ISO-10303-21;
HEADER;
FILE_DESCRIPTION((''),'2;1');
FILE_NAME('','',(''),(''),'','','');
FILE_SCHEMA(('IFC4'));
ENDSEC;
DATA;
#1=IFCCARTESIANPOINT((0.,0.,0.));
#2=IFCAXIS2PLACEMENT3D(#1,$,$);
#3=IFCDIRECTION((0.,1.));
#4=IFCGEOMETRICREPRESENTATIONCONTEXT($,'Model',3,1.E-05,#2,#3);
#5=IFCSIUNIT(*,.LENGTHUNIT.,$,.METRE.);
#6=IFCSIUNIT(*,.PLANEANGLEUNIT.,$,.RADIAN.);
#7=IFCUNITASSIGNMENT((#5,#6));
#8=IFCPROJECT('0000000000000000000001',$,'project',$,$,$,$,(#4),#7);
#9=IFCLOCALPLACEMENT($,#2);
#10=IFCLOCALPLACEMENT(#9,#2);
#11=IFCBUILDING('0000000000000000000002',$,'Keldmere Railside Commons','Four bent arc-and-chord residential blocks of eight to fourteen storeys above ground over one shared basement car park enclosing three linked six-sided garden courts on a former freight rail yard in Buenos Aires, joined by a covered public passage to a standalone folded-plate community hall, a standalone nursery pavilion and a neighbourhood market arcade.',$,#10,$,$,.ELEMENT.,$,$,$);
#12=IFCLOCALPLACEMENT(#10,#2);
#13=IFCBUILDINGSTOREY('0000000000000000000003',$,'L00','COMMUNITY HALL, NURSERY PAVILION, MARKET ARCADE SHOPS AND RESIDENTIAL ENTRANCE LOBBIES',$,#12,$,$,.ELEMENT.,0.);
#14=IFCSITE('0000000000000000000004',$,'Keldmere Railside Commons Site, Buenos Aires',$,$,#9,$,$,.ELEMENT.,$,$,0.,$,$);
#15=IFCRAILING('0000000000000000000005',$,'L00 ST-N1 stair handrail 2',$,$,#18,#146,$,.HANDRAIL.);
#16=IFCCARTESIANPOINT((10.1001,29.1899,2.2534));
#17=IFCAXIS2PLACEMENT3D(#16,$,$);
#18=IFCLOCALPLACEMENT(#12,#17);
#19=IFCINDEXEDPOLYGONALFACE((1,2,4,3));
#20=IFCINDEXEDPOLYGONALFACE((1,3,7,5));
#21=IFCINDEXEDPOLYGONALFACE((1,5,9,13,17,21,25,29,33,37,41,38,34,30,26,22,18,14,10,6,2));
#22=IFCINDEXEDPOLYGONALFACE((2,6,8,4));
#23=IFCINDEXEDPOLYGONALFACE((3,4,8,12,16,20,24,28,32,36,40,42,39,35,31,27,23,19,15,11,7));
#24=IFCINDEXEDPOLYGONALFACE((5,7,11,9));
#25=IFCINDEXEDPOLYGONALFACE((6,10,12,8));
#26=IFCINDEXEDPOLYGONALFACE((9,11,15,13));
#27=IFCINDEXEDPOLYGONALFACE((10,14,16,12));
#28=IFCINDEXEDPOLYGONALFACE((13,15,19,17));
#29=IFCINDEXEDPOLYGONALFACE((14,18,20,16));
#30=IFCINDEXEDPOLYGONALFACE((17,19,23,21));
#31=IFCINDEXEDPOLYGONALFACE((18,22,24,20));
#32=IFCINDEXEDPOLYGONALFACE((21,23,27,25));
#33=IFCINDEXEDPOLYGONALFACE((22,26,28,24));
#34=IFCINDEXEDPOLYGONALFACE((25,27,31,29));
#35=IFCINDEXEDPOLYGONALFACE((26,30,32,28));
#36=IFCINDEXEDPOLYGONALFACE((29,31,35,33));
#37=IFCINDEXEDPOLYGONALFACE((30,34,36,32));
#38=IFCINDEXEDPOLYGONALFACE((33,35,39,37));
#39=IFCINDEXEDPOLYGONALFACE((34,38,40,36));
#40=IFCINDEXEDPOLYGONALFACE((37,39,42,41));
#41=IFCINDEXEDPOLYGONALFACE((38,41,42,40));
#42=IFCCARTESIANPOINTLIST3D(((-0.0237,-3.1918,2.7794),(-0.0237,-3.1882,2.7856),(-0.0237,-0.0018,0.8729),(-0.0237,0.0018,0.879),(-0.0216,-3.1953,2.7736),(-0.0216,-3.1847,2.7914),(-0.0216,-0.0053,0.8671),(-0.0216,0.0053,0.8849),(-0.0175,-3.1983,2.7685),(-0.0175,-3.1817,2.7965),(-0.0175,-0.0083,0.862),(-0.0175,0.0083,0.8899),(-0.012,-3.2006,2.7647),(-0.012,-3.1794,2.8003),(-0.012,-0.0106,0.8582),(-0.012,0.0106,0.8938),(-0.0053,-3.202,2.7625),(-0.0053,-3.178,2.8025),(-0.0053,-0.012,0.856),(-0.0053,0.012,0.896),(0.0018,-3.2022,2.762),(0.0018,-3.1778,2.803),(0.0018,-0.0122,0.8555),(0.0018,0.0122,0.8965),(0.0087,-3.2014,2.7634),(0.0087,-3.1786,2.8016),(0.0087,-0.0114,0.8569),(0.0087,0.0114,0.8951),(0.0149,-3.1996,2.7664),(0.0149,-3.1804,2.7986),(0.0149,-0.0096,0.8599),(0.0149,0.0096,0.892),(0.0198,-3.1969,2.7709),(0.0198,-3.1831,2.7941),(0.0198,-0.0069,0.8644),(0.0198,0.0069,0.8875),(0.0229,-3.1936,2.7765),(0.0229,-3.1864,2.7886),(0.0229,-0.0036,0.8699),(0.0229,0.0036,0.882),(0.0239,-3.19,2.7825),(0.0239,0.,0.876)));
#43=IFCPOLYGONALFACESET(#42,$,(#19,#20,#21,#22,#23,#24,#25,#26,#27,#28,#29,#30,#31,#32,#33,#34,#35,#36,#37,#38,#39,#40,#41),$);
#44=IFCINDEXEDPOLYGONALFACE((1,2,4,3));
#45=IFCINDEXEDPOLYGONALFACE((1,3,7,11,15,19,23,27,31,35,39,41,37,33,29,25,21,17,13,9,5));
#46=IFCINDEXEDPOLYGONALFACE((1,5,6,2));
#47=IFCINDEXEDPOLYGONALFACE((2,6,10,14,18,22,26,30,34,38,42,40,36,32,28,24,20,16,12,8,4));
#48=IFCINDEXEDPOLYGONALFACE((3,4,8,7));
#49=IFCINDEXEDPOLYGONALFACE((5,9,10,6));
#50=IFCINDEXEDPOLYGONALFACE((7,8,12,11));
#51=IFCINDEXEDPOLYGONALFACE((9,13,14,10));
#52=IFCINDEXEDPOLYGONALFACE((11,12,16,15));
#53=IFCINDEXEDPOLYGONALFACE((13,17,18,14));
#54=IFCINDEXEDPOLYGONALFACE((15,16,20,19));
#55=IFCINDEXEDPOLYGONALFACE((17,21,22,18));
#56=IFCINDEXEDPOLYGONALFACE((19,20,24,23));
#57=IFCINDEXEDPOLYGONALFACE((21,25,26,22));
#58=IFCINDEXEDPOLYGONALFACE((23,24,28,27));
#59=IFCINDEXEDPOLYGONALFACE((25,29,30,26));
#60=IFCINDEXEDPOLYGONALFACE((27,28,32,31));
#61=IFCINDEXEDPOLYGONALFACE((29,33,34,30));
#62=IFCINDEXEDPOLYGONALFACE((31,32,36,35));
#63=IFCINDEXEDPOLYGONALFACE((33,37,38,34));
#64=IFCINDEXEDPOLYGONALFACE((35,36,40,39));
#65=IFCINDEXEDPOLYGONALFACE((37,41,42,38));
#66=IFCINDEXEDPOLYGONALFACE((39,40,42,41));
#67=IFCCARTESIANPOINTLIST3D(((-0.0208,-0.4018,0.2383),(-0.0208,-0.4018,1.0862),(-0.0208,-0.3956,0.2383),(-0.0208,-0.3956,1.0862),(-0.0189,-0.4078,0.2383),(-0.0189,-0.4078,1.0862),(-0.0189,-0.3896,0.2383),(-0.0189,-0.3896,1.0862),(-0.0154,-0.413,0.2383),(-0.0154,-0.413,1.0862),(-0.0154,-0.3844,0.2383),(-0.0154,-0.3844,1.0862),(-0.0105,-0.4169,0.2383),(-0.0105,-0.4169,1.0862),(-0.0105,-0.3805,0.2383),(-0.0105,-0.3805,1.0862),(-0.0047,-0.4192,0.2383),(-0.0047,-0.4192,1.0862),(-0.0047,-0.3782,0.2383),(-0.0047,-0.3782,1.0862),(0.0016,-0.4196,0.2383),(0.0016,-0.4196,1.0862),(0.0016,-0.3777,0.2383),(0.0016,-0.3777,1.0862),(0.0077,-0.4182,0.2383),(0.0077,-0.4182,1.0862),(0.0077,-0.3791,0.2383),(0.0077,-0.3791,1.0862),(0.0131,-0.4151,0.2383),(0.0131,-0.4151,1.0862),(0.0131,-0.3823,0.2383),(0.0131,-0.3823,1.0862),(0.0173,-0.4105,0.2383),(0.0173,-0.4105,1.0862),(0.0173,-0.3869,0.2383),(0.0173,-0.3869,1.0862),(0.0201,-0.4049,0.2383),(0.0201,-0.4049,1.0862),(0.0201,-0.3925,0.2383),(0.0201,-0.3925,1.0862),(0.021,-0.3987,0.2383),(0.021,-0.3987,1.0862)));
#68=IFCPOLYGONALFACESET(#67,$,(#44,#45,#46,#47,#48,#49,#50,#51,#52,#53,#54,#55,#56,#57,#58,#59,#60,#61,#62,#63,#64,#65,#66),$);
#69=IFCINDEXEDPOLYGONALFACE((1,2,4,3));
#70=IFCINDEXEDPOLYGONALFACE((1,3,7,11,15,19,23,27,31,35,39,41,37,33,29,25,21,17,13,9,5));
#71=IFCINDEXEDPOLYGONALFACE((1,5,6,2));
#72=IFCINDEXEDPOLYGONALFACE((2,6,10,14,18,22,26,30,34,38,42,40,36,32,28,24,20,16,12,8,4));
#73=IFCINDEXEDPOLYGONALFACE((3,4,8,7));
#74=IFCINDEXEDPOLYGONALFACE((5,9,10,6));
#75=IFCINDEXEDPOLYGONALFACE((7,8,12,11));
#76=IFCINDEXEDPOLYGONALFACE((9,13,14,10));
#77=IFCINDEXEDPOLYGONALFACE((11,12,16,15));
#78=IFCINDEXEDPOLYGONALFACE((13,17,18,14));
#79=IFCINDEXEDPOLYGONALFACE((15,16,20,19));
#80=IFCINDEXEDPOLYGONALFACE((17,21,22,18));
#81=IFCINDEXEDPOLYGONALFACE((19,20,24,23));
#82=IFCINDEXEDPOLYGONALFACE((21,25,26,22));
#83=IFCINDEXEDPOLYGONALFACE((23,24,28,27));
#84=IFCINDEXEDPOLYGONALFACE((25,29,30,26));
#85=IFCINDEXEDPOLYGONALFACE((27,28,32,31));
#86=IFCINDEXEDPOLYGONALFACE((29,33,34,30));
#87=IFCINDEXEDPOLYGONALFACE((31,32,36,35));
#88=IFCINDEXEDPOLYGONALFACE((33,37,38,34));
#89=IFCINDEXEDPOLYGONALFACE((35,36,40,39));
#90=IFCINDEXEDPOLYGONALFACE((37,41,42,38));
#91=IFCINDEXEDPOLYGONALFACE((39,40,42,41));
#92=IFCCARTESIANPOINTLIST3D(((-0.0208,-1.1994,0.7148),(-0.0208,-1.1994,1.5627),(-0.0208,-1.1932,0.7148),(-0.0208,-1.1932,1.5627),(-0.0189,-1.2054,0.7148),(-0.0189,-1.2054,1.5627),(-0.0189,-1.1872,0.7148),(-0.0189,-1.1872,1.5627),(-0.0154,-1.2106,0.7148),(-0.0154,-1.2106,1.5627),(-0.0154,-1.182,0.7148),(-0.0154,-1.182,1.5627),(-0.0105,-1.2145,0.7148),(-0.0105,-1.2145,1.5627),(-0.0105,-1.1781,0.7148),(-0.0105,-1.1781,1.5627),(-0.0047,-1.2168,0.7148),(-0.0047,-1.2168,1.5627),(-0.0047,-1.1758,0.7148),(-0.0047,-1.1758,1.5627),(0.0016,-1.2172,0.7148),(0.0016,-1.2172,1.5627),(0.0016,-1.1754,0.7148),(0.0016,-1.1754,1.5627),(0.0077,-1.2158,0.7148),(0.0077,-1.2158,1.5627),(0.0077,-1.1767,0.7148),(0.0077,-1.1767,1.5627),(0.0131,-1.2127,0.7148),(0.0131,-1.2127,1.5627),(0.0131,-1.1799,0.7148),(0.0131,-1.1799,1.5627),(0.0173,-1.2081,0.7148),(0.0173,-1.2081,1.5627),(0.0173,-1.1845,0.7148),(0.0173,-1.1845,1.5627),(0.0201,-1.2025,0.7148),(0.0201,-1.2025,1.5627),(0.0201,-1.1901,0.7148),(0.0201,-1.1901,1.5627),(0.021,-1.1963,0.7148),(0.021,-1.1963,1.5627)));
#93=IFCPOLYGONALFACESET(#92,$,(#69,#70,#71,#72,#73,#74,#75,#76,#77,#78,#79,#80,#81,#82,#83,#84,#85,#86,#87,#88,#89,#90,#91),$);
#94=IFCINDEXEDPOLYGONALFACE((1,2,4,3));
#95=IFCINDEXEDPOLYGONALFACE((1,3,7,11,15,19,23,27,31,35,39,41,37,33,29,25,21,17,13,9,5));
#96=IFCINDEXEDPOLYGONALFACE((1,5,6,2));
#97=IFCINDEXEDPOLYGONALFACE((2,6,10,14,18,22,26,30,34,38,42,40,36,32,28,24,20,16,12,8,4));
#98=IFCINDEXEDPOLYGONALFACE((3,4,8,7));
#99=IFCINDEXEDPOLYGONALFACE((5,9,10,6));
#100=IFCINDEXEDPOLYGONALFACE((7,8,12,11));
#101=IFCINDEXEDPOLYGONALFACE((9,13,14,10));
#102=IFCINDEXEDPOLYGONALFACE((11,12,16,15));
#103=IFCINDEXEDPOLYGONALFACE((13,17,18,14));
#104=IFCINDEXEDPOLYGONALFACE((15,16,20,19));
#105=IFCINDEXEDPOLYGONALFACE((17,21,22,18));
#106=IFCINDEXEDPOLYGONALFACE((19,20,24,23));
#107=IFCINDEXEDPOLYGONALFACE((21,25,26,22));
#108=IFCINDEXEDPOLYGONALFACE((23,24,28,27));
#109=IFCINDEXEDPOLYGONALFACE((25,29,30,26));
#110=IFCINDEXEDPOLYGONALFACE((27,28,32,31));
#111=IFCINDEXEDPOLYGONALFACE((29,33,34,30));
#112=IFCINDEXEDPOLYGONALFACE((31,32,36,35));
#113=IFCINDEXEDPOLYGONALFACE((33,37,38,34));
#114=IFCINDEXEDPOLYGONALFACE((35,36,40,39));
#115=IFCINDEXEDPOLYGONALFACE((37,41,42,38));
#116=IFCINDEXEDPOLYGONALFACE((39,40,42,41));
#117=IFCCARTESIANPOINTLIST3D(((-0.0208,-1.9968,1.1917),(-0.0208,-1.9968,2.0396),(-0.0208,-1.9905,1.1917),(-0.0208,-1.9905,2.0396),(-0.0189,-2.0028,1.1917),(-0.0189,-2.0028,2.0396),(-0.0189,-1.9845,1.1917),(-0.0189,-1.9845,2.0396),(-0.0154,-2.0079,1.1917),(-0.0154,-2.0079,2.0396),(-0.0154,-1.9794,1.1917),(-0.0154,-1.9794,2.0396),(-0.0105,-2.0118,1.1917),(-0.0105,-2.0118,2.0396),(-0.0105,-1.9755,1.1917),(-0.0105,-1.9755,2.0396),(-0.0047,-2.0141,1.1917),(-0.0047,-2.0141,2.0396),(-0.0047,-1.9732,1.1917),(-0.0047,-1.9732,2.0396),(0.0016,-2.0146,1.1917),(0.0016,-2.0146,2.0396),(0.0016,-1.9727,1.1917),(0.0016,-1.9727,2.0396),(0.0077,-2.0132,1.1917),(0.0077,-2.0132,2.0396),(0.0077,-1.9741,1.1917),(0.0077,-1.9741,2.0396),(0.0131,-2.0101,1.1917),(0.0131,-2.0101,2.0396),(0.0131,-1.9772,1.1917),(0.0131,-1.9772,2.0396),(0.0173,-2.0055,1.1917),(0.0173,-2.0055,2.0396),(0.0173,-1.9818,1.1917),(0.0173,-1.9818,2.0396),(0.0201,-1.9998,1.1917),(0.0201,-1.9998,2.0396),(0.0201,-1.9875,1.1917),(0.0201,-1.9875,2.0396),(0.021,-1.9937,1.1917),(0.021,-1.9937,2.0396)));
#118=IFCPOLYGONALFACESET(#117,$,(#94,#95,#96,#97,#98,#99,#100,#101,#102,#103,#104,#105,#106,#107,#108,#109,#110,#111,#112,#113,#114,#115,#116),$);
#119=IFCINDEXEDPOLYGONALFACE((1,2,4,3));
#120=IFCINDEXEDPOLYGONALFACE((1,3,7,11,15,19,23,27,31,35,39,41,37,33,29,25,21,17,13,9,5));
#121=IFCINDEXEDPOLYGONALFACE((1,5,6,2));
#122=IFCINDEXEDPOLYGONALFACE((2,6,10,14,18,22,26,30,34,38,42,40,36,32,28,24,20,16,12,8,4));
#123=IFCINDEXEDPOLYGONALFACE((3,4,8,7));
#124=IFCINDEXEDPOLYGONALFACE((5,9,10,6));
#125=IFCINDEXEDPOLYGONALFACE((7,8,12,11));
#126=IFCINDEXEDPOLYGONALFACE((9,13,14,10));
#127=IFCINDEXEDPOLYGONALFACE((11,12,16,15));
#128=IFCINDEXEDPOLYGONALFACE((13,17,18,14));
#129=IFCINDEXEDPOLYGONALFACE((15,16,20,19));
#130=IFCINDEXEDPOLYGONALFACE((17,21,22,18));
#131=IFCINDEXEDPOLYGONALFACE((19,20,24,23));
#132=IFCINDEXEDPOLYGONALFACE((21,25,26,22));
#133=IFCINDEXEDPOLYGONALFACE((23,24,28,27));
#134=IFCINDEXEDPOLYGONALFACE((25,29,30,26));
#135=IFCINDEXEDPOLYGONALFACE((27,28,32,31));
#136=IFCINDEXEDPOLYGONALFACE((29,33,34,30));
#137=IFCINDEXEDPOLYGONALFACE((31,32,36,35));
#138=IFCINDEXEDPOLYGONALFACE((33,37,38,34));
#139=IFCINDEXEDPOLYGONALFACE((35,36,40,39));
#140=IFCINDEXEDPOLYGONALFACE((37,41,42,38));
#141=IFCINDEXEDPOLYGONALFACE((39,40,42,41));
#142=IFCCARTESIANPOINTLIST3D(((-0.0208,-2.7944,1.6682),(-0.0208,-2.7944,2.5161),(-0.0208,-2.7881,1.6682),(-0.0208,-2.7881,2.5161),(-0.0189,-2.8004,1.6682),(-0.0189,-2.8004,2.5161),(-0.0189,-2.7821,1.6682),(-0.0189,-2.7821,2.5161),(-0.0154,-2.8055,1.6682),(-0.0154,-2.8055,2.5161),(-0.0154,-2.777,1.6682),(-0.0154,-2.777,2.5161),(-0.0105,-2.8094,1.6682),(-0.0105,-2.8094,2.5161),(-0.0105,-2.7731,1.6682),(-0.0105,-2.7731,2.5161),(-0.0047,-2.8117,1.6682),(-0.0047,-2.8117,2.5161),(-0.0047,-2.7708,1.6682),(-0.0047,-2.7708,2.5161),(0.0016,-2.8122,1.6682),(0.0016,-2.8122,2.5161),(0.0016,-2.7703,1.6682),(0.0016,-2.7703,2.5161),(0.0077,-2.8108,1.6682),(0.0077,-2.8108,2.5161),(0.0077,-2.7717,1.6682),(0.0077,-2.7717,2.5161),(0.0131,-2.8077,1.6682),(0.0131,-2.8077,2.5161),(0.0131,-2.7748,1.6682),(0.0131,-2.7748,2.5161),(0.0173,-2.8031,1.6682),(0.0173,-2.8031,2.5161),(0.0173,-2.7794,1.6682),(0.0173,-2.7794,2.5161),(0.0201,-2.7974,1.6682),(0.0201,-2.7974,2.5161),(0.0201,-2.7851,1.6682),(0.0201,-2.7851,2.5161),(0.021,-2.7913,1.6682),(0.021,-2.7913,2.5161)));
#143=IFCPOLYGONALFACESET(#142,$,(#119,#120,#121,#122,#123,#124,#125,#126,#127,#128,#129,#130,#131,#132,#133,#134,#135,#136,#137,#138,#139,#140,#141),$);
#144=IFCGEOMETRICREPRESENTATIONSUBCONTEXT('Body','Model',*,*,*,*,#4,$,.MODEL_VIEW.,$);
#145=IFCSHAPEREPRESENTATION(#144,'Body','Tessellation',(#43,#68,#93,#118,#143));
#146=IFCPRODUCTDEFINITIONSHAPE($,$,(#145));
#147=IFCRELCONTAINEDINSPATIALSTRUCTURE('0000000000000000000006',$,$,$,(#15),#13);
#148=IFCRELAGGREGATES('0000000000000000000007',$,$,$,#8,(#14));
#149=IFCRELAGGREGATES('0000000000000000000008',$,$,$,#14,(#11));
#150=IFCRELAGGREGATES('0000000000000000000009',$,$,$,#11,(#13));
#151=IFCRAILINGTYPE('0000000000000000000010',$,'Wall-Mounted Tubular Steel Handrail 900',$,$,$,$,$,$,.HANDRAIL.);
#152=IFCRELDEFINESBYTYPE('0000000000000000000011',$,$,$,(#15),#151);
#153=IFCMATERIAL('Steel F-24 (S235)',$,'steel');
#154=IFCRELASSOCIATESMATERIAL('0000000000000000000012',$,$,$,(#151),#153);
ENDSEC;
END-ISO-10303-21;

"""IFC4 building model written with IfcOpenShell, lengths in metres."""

from ifc_helpers import new_model, si_unit, direction, frame, origin, origin_2d, place, context, subcontext, project, spatial, circle, extrude, material, type_object, element, save


model = new_model("IFC4")

# Units and contexts
model_context = context("Model", 3, precision=1e-05, world=origin(), true_north=direction((0.0, 1.0)))
body_context = subcontext(model_context, "Body", "Model", "MODEL_VIEW")
ifc_project = project(units=[si_unit("LENGTHUNIT", "METRE"), si_unit("PLANEANGLEUNIT", "RADIAN")], contexts=[model_context])

# Site, building, storey
site_placement = place(None, origin())
site = spatial("IfcSite", under=ifc_project, at=site_placement, Name="Keldmere Railside Commons Site, Buenos Aires", CompositionType="ELEMENT", RefElevation=0.0)
building_placement = place(site_placement, origin())
building = spatial("IfcBuilding", under=site, at=building_placement, Name="Keldmere Railside Commons", Description="Four bent arc-and-chord residential blocks of eight to fourteen storeys above ground over one shared basement car park enclosing three linked six-sided garden courts on a former freight rail yard in Buenos Aires, joined by a covered public passage to a standalone folded-plate community hall, a standalone nursery pavilion and a neighbourhood market arcade.", CompositionType="ELEMENT")
storey_placement = place(building_placement, origin())
storey = spatial("IfcBuildingStorey", under=building, at=storey_placement, Name="L00", Description="COMMUNITY HALL, NURSERY PAVILION, MARKET ARCADE SHOPS AND RESIDENTIAL ENTRANCE LOBBIES", CompositionType="ELEMENT", Elevation=0.0)

# Shared definitions
ifc_material_1 = material(Name="Steel F-24 (S235)", Category="steel")

# Railing
railing_type_1 = type_object("IfcRailingType", Name="Wall-Mounted Tubular Steel Handrail 900", PredefinedType="HANDRAIL", material=ifc_material_1)
railing_1_placement = place(storey_placement, frame((10.1001, 29.1899, 2.2534)))
element("IfcRailing", 1, at=railing_1_placement, inside=storey, type_object=railing_type_1, Name="L00 ST-N1 stair handrail 2", PredefinedType="HANDRAIL", context=body_context, shape_type="SweptSolid", body=[
    extrude(circle(Radius=0.0239, at=origin_2d()), frame((0.0, 0.0, 0.876), z_axis=(0.0, -0.858379, 0.513017), x_axis=(1.0, 0.0, 0.0)), (0.0, 0.0, 1.0), 3.7163),
    extrude(circle(Radius=0.021, at=origin_2d()), frame((0.0, -0.3987, 0.2383)), (0.0, 0.0, 1.0), 0.8479),
    extrude(circle(Radius=0.021, at=origin_2d()), frame((0.0, -1.1963, 0.7148)), (0.0, 0.0, 1.0), 0.8479),
    extrude(circle(Radius=0.021, at=origin_2d()), frame((0.0, -1.9937, 1.1917)), (0.0, 0.0, 1.0), 0.8479),
    extrude(circle(Radius=0.021, at=origin_2d()), frame((0.0, -2.7913, 1.6682)), (0.0, 0.0, 1.0), 0.8479),
])

save(model, "model.ifc")
